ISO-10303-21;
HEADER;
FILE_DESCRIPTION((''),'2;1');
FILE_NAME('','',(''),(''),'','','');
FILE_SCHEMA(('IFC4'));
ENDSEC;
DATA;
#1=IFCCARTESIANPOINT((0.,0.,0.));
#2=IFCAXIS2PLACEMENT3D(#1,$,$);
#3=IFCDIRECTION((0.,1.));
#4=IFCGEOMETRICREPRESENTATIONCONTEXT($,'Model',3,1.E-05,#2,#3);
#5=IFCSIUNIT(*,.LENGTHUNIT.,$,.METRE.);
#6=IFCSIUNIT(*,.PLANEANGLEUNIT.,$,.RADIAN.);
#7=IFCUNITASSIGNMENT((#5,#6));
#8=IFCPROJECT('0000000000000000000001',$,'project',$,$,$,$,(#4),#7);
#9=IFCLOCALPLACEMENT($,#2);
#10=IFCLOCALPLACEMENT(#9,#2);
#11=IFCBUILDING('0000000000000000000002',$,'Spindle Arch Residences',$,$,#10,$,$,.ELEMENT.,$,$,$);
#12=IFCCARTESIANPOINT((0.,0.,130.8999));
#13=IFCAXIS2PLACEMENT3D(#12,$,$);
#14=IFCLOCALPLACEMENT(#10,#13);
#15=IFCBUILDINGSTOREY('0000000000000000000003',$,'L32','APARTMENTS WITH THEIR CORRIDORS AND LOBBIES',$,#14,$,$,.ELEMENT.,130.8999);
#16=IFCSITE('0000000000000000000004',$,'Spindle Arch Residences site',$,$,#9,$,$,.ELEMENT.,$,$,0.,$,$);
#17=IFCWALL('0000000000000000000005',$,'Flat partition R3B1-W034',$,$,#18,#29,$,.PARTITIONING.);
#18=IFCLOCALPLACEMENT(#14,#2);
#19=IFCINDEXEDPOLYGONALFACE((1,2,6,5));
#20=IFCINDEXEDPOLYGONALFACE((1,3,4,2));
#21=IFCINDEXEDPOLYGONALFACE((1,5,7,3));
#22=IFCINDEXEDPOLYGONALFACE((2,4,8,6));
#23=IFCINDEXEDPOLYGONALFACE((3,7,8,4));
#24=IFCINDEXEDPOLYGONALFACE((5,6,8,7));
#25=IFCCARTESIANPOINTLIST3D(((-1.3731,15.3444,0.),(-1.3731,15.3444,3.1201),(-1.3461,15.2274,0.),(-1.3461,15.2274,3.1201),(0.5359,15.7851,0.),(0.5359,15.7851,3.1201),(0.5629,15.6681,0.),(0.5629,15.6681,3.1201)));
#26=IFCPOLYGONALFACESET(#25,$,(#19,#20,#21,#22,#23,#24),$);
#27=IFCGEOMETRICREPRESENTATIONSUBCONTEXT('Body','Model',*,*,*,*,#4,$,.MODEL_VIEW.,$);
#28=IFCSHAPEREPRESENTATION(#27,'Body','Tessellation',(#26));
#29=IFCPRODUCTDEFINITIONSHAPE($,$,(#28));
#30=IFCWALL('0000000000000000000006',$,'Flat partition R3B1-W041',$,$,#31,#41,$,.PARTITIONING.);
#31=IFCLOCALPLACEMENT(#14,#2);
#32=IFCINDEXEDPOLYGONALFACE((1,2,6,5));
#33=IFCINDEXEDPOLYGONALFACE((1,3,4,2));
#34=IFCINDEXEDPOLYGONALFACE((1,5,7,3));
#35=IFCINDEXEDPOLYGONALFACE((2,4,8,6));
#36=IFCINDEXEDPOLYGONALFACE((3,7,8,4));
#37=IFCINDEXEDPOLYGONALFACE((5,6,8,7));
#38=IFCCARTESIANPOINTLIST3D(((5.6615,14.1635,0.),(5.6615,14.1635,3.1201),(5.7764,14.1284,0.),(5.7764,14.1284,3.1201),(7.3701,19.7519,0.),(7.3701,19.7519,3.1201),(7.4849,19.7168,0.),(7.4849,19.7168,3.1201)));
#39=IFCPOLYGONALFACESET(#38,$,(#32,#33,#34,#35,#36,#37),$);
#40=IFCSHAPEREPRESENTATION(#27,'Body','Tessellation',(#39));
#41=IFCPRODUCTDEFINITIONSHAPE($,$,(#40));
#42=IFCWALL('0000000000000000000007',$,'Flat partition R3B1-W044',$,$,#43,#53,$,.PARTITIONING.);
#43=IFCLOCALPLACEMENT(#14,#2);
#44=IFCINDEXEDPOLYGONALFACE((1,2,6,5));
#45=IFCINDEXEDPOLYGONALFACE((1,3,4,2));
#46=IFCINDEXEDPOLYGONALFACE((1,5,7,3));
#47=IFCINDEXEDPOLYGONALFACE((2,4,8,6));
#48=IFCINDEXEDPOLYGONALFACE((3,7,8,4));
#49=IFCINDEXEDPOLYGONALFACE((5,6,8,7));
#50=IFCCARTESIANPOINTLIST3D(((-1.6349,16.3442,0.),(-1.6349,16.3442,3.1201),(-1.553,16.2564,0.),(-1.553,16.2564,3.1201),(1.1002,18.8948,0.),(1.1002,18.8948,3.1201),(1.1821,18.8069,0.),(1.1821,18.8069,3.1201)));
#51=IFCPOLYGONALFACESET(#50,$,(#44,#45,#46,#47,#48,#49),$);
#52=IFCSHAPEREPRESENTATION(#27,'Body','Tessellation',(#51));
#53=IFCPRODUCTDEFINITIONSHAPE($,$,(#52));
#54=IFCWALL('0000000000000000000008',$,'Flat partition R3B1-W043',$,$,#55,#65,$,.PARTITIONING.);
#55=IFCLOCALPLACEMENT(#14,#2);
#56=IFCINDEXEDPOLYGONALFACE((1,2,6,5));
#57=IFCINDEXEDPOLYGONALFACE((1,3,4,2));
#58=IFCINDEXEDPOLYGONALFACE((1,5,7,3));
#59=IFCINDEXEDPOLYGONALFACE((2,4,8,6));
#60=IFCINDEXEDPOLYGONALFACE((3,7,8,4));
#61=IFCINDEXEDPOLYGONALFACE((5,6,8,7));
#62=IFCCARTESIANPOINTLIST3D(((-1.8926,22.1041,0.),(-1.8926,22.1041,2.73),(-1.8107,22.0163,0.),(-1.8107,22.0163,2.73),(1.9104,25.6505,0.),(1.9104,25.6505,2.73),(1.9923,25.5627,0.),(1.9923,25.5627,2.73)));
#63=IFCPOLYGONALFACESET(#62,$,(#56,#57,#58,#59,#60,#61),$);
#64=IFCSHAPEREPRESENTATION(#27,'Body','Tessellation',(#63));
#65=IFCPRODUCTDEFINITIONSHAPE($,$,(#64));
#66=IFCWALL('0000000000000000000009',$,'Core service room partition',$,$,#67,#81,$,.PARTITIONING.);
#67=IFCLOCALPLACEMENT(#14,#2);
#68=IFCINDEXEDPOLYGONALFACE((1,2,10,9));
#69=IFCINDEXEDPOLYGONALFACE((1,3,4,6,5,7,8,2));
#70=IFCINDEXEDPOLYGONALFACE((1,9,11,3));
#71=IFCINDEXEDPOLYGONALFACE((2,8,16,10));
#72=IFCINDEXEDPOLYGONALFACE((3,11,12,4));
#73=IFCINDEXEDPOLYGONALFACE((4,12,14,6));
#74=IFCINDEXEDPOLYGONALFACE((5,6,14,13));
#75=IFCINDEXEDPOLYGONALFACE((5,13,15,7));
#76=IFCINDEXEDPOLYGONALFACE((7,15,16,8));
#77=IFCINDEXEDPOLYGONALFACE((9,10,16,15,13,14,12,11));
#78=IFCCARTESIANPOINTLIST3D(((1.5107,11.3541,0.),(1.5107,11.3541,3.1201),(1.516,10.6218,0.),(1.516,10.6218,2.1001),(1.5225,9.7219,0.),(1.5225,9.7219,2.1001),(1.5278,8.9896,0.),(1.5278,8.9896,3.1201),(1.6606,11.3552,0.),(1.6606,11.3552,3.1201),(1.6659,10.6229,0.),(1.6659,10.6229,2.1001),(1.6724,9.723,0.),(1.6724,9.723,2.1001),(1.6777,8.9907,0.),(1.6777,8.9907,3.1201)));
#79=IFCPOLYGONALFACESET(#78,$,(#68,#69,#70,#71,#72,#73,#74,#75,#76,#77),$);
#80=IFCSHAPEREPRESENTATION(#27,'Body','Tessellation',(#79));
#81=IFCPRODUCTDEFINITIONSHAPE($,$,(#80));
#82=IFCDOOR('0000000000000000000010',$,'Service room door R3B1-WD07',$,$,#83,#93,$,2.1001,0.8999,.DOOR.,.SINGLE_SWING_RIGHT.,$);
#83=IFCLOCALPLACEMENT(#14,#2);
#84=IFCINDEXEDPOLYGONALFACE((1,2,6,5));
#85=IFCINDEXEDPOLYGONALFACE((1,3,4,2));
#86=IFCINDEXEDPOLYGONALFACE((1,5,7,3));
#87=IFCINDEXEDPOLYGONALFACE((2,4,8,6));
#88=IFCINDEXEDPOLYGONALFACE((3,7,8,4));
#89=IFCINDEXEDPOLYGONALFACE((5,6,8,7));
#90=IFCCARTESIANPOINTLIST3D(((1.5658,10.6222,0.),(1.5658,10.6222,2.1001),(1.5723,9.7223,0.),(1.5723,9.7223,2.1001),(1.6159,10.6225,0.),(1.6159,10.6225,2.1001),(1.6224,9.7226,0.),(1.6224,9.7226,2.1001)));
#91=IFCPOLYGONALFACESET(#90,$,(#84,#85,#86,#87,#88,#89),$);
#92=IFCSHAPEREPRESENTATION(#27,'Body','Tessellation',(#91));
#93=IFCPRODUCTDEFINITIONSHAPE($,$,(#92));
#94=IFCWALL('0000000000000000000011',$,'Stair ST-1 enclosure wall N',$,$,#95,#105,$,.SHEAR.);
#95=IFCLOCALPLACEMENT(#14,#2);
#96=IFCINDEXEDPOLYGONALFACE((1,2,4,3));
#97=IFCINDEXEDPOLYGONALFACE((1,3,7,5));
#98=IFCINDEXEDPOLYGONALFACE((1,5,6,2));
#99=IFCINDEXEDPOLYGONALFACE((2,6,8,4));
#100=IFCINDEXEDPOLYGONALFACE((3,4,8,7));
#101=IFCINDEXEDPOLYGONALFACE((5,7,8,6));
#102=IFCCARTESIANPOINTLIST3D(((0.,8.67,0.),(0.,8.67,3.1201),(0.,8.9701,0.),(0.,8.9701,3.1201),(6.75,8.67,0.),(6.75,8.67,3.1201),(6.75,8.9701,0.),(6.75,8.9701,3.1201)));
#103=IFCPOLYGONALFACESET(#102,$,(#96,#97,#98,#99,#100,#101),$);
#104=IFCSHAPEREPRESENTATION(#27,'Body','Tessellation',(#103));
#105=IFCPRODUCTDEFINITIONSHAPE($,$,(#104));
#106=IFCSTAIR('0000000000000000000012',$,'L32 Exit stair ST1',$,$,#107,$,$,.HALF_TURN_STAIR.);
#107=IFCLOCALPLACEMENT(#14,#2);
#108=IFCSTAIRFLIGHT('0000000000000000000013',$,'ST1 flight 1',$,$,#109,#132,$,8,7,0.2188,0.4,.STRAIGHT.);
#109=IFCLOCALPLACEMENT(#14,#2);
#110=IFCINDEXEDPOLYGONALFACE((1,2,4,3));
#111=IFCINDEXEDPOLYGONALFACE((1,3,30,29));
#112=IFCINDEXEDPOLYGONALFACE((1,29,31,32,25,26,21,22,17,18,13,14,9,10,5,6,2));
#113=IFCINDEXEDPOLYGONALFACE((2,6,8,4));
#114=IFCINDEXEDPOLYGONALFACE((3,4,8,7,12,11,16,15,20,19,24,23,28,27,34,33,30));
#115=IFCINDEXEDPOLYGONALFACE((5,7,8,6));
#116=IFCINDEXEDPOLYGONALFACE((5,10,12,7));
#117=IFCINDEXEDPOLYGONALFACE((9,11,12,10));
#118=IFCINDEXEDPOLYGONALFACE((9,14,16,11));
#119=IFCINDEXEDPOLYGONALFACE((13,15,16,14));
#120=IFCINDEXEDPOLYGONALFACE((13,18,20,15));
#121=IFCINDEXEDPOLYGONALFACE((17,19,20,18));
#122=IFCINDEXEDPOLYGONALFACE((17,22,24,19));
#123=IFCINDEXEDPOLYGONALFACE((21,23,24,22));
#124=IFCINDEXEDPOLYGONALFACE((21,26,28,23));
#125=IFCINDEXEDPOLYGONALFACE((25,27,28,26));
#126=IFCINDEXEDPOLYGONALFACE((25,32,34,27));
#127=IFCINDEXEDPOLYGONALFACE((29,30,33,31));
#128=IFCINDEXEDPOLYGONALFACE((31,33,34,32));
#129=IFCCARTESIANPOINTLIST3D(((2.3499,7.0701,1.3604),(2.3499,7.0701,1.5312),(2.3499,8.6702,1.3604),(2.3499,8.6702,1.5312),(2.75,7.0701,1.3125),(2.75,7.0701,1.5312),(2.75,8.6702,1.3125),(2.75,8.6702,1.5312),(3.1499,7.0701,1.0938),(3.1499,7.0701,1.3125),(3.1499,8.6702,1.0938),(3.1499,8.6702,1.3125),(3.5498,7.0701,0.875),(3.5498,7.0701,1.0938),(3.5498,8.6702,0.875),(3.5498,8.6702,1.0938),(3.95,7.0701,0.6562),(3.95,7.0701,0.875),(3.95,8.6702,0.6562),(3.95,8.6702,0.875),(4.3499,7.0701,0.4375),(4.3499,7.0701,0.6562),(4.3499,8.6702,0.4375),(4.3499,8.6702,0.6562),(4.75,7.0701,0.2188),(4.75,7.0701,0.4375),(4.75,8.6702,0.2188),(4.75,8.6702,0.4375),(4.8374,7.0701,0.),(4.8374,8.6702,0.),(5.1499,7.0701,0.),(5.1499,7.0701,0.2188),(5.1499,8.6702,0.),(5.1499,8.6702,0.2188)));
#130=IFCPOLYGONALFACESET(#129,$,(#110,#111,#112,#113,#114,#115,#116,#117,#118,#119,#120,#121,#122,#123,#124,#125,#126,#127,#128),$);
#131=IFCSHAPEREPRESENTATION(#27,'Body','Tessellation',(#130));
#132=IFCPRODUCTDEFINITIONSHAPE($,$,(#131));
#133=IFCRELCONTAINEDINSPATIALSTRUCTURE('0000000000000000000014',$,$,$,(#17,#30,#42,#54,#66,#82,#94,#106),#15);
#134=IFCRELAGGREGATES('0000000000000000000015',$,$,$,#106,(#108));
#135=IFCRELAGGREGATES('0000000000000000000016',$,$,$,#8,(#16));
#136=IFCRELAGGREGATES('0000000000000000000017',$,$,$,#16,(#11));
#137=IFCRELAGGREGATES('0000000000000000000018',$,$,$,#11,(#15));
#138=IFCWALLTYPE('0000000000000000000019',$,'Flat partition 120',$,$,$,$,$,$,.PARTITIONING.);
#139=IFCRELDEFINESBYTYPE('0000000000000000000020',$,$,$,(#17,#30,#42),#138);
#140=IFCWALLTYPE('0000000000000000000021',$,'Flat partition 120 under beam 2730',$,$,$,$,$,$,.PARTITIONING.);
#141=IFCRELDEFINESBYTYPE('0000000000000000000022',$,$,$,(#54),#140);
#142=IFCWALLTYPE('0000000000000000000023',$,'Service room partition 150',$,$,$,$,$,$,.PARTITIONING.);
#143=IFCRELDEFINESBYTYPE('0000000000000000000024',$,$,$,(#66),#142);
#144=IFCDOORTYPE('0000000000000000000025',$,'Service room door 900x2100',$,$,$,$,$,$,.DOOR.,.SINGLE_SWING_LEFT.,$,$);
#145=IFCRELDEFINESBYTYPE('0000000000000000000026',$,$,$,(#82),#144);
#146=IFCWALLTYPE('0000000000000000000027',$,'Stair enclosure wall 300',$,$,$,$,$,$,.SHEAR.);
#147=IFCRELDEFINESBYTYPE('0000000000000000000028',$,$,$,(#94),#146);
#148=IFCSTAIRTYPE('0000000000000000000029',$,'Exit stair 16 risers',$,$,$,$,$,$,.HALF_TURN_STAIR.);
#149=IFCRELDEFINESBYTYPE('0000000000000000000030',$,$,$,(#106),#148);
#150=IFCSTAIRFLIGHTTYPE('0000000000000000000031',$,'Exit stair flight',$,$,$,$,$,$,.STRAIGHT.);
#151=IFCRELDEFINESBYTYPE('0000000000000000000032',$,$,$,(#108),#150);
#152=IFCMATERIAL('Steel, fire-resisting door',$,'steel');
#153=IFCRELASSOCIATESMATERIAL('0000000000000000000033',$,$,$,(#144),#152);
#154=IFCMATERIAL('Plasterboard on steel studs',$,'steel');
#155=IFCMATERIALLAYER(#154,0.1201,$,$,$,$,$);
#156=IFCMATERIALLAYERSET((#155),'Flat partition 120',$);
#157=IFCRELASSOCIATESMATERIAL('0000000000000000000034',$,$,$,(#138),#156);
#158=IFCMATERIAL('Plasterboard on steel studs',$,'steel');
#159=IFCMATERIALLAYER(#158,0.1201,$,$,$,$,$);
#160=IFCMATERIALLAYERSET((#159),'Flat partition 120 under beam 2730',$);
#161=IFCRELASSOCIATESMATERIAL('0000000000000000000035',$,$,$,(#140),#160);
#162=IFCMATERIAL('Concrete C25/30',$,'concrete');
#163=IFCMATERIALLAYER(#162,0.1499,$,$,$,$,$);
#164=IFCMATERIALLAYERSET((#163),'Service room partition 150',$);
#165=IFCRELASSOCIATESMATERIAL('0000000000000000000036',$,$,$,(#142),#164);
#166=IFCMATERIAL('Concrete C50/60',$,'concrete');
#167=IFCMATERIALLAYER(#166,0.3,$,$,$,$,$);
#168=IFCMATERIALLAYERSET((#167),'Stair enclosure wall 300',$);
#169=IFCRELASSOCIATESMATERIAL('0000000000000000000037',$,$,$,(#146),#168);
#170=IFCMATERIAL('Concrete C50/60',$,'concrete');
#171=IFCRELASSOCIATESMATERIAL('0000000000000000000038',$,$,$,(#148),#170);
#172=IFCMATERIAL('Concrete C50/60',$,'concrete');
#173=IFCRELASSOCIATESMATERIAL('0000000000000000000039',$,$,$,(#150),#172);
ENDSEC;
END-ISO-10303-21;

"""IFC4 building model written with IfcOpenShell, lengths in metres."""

from ifc_helpers import new_model, si_unit, direction, frame, frame_2d, origin, place, context, subcontext, project, spatial, polyline, rectangle, outline, extrude, material, layer, layer_set, type_object, element, fill, aggregate, save


model = new_model("IFC4")

# Units and contexts
model_context = context("Model", 3, precision=1e-05, world=origin(), true_north=direction((0.0, 1.0)))
body_context = subcontext(model_context, "Body", "Model", "MODEL_VIEW")
ifc_project = project(units=[si_unit("LENGTHUNIT", "METRE"), si_unit("PLANEANGLEUNIT", "RADIAN")], contexts=[model_context])

# Site, building, storey
site_placement = place(None, origin())
site = spatial("IfcSite", under=ifc_project, at=site_placement, Name="Spindle Arch Residences site", CompositionType="ELEMENT", RefElevation=0.0)
building_placement = place(site_placement, origin())
building = spatial("IfcBuilding", under=site, at=building_placement, Name="Spindle Arch Residences", CompositionType="ELEMENT")
storey_placement = place(building_placement, frame((0.0, 0.0, 130.8999)))
storey = spatial("IfcBuildingStorey", under=building, at=storey_placement, Name="L32", Description="APARTMENTS WITH THEIR CORRIDORS AND LOBBIES", CompositionType="ELEMENT", Elevation=130.8999)

# Shared definitions
ifc_material_1 = material(Name="Steel, fire-resisting door", Category="steel")
door_type_1 = type_object("IfcDoorType", Name="Service room door 900x2100", OperationType="SINGLE_SWING_LEFT", PredefinedType="DOOR", material=ifc_material_1)

# Shared definitions
ifc_material_2 = material(Name="Plasterboard on steel studs", Category="steel")
ifc_layer_1 = layer(ifc_material_2, 0.1201)
ifc_layer_set_1 = layer_set([ifc_layer_1], Name="Flat partition 120")
wall_type_1 = type_object("IfcWallType", Name="Flat partition 120", PredefinedType="PARTITIONING", material=ifc_layer_set_1)

# Walls
wall_1_placement = place(storey_placement, frame((0.5493, 15.7266, 0.0), z_axis=(0.0, 0.0, 1.0), x_axis=(-0.974374, -0.224932, 0.0)))
element("IfcWall", 1, at=wall_1_placement, inside=storey, type_object=wall_type_1, Name="Flat partition R3B1-W034", PredefinedType="PARTITIONING", context=body_context, shape_type="SweptSolid", body=[
    extrude(rectangle(XDim=1.9592, YDim=0.1201, at=frame_2d((0.9795, 0.0))), origin(), (0.0, 0.0, 1.0), 3.1201),
])
wall_2_placement = place(storey_placement, frame((7.4275, 19.7344, 0.0), z_axis=(0.0, 0.0, 1.0), x_axis=(-0.292365, -0.956307, 0.0)))
element("IfcWall", 2, at=wall_2_placement, inside=storey, type_object=wall_type_1, Name="Flat partition R3B1-W041", PredefinedType="PARTITIONING", context=body_context, shape_type="SweptSolid", body=[
    extrude(rectangle(XDim=5.8438, YDim=0.1201, at=frame_2d((2.9219, 0.0))), origin(), (0.0, 0.0, 1.0), 3.1201),
])
wall_3_placement = place(storey_placement, frame((1.1411, 18.8508, 0.0), z_axis=(0.0, 0.0, 1.0), x_axis=(-0.731353, -0.682, 0.0)))
element("IfcWall", 3, at=wall_3_placement, inside=storey, type_object=wall_type_1, Name="Flat partition R3B1-W044", PredefinedType="PARTITIONING", context=body_context, shape_type="SweptSolid", body=[
    extrude(rectangle(XDim=3.7397, YDim=0.1201, at=frame_2d((1.8699, 0.0))), origin(), (0.0, 0.0, 1.0), 3.1201),
])
ifc_material_3 = material(Name="Plasterboard on steel studs", Category="steel")
ifc_layer_2 = layer(ifc_material_3, 0.1201)
ifc_layer_set_2 = layer_set([ifc_layer_2], Name="Flat partition 120 under beam 2730")
wall_type_2 = type_object("IfcWallType", Name="Flat partition 120 under beam 2730", PredefinedType="PARTITIONING", material=ifc_layer_set_2)
wall_4_placement = place(storey_placement, frame((1.9514, 25.6067, 0.0), z_axis=(0.0, 0.0, 1.0), x_axis=(-0.731349, -0.682004, 0.0)))
element("IfcWall", 4, at=wall_4_placement, inside=storey, type_object=wall_type_2, Name="Flat partition R3B1-W043", PredefinedType="PARTITIONING", context=body_context, shape_type="SweptSolid", body=[
    extrude(rectangle(XDim=5.2, YDim=0.1201, at=frame_2d((2.6001, 0.0))), origin(), (0.0, 0.0, 1.0), 2.73),
])

# Wall, opening, door
ifc_material_4 = material(Name="Concrete C25/30", Category="concrete")
ifc_layer_3 = layer(ifc_material_4, 0.1499)
ifc_layer_set_3 = layer_set([ifc_layer_3], Name="Service room partition 150")
wall_type_3 = type_object("IfcWallType", Name="Service room partition 150", PredefinedType="PARTITIONING", material=ifc_layer_set_3)
wall_5_placement = place(storey_placement, frame((1.5857, 11.3545, 0.0), z_axis=(0.0, 0.0, 1.0), x_axis=(0.007227, -0.999974, 0.0)))
wall_5 = element("IfcWall", 5, at=wall_5_placement, inside=storey, type_object=wall_type_3, Name="Core service room partition", PredefinedType="PARTITIONING", context=body_context, shape_type="SweptSolid", body=[
    extrude(rectangle(XDim=2.3645, YDim=0.1499, at=frame_2d((1.1821, 0.0))), origin(), (0.0, 0.0, 1.0), 3.1201),
])
opening_1_placement = place(wall_5_placement, frame((0.7322, 0.0, 0.0)))
opening_1 = element("IfcOpeningElement", 6, at=opening_1_placement, cuts=wall_5, PredefinedType="OPENING", context=body_context, shape_type="SweptSolid", body=[
    extrude(rectangle(XDim=0.8999, YDim=2.1001, at=frame_2d((0.45, 1.05))), frame((0.0, 0.085, 0.0), z_axis=(0.0, -1.0, 0.0), x_axis=(1.0, 0.0, 0.0)), (0.0, 0.0, 1.0), 0.1699),
])
door_1_placement = place(opening_1_placement, origin())
door_1 = element("IfcDoor", 7, at=door_1_placement, inside=storey, type_object=door_type_1, Name="Service room door R3B1-WD07", OperationType="SINGLE_SWING_RIGHT", OverallHeight=2.1001, OverallWidth=0.8999, PredefinedType="DOOR", context=body_context, shape_type="SweptSolid", body=[
    extrude(rectangle(XDim=0.8999, YDim=2.1001, at=frame_2d((0.45, 1.05))), frame((0.0, 0.0249, 0.0), z_axis=(0.0, -1.0, 0.0), x_axis=(1.0, 0.0, 0.0)), (0.0, 0.0, 1.0), 0.05),
])
fill(opening_1, door_1)

# Wall
ifc_material_5 = material(Name="Concrete C50/60", Category="concrete")
ifc_layer_4 = layer(ifc_material_5, 0.3)
ifc_layer_set_4 = layer_set([ifc_layer_4], Name="Stair enclosure wall 300")
wall_type_4 = type_object("IfcWallType", Name="Stair enclosure wall 300", PredefinedType="SHEAR", material=ifc_layer_set_4)
wall_6_placement = place(storey_placement, frame((0.0, 8.8201, 0.0), z_axis=(0.0, 0.0, 1.0), x_axis=(1.0, 0.0, 0.0)))
element("IfcWall", 8, at=wall_6_placement, inside=storey, type_object=wall_type_4, Name="Stair ST-1 enclosure wall N", PredefinedType="SHEAR", context=body_context, shape_type="SweptSolid", body=[
    extrude(rectangle(XDim=6.75, YDim=0.3, at=frame_2d((3.375, 0.0))), origin(), (0.0, 0.0, 1.0), 3.1201),
])

# Stair, stair flight
ifc_material_6 = material(Name="Concrete C50/60", Category="concrete")
stair_type = type_object("IfcStairType", Name="Exit stair 16 risers", PredefinedType="HALF_TURN_STAIR", material=ifc_material_6)
stair_placement = place(storey_placement, origin())
stair = element("IfcStair", 9, at=stair_placement, inside=storey, type_object=stair_type, Name="L32 Exit stair ST1", PredefinedType="HALF_TURN_STAIR")
ifc_material_7 = material(Name="Concrete C50/60", Category="concrete")
stair_flight_type = type_object("IfcStairFlightType", Name="Exit stair flight", PredefinedType="STRAIGHT", material=ifc_material_7)
stair_flight_placement = place(storey_placement, frame((5.1499, 7.8701, 0.0), z_axis=(0.0, 0.0, 1.0), x_axis=(-1.0, 0.0, 0.0)))
stair_flight = element("IfcStairFlight", 10, at=stair_flight_placement, type_object=stair_flight_type, Name="ST1 flight 1", NumberOfRisers=8, NumberOfTreads=7, PredefinedType="STRAIGHT", RiserHeight=0.2188, TreadLength=0.4, context=body_context, shape_type="SweptSolid", body=[
    extrude(outline(polyline([(0.0, 0.0), (0.0, 0.2188), (0.3999, 0.2188), (0.3999, 0.4375), (0.8, 0.4375), (0.8, 0.6562), (1.2, 0.6562), (1.2, 0.875), (1.6001, 0.875), (1.6001, 1.0938), (2.0, 1.0938), (2.0, 1.3125), (2.3999, 1.3125), (2.3999, 1.5312), (2.8, 1.5312), (2.8, 1.75), (2.8, 1.3604), (0.3125, 0.0), (0.0, 0.0)])), frame((0.0, 0.8, 0.0), z_axis=(0.0, -1.0, 0.0), x_axis=(1.0, 0.0, 0.0)), (0.0, 0.0, 1.0), 1.6001),
])
aggregate(stair, [stair_flight])

save(model, "model.ifc")
